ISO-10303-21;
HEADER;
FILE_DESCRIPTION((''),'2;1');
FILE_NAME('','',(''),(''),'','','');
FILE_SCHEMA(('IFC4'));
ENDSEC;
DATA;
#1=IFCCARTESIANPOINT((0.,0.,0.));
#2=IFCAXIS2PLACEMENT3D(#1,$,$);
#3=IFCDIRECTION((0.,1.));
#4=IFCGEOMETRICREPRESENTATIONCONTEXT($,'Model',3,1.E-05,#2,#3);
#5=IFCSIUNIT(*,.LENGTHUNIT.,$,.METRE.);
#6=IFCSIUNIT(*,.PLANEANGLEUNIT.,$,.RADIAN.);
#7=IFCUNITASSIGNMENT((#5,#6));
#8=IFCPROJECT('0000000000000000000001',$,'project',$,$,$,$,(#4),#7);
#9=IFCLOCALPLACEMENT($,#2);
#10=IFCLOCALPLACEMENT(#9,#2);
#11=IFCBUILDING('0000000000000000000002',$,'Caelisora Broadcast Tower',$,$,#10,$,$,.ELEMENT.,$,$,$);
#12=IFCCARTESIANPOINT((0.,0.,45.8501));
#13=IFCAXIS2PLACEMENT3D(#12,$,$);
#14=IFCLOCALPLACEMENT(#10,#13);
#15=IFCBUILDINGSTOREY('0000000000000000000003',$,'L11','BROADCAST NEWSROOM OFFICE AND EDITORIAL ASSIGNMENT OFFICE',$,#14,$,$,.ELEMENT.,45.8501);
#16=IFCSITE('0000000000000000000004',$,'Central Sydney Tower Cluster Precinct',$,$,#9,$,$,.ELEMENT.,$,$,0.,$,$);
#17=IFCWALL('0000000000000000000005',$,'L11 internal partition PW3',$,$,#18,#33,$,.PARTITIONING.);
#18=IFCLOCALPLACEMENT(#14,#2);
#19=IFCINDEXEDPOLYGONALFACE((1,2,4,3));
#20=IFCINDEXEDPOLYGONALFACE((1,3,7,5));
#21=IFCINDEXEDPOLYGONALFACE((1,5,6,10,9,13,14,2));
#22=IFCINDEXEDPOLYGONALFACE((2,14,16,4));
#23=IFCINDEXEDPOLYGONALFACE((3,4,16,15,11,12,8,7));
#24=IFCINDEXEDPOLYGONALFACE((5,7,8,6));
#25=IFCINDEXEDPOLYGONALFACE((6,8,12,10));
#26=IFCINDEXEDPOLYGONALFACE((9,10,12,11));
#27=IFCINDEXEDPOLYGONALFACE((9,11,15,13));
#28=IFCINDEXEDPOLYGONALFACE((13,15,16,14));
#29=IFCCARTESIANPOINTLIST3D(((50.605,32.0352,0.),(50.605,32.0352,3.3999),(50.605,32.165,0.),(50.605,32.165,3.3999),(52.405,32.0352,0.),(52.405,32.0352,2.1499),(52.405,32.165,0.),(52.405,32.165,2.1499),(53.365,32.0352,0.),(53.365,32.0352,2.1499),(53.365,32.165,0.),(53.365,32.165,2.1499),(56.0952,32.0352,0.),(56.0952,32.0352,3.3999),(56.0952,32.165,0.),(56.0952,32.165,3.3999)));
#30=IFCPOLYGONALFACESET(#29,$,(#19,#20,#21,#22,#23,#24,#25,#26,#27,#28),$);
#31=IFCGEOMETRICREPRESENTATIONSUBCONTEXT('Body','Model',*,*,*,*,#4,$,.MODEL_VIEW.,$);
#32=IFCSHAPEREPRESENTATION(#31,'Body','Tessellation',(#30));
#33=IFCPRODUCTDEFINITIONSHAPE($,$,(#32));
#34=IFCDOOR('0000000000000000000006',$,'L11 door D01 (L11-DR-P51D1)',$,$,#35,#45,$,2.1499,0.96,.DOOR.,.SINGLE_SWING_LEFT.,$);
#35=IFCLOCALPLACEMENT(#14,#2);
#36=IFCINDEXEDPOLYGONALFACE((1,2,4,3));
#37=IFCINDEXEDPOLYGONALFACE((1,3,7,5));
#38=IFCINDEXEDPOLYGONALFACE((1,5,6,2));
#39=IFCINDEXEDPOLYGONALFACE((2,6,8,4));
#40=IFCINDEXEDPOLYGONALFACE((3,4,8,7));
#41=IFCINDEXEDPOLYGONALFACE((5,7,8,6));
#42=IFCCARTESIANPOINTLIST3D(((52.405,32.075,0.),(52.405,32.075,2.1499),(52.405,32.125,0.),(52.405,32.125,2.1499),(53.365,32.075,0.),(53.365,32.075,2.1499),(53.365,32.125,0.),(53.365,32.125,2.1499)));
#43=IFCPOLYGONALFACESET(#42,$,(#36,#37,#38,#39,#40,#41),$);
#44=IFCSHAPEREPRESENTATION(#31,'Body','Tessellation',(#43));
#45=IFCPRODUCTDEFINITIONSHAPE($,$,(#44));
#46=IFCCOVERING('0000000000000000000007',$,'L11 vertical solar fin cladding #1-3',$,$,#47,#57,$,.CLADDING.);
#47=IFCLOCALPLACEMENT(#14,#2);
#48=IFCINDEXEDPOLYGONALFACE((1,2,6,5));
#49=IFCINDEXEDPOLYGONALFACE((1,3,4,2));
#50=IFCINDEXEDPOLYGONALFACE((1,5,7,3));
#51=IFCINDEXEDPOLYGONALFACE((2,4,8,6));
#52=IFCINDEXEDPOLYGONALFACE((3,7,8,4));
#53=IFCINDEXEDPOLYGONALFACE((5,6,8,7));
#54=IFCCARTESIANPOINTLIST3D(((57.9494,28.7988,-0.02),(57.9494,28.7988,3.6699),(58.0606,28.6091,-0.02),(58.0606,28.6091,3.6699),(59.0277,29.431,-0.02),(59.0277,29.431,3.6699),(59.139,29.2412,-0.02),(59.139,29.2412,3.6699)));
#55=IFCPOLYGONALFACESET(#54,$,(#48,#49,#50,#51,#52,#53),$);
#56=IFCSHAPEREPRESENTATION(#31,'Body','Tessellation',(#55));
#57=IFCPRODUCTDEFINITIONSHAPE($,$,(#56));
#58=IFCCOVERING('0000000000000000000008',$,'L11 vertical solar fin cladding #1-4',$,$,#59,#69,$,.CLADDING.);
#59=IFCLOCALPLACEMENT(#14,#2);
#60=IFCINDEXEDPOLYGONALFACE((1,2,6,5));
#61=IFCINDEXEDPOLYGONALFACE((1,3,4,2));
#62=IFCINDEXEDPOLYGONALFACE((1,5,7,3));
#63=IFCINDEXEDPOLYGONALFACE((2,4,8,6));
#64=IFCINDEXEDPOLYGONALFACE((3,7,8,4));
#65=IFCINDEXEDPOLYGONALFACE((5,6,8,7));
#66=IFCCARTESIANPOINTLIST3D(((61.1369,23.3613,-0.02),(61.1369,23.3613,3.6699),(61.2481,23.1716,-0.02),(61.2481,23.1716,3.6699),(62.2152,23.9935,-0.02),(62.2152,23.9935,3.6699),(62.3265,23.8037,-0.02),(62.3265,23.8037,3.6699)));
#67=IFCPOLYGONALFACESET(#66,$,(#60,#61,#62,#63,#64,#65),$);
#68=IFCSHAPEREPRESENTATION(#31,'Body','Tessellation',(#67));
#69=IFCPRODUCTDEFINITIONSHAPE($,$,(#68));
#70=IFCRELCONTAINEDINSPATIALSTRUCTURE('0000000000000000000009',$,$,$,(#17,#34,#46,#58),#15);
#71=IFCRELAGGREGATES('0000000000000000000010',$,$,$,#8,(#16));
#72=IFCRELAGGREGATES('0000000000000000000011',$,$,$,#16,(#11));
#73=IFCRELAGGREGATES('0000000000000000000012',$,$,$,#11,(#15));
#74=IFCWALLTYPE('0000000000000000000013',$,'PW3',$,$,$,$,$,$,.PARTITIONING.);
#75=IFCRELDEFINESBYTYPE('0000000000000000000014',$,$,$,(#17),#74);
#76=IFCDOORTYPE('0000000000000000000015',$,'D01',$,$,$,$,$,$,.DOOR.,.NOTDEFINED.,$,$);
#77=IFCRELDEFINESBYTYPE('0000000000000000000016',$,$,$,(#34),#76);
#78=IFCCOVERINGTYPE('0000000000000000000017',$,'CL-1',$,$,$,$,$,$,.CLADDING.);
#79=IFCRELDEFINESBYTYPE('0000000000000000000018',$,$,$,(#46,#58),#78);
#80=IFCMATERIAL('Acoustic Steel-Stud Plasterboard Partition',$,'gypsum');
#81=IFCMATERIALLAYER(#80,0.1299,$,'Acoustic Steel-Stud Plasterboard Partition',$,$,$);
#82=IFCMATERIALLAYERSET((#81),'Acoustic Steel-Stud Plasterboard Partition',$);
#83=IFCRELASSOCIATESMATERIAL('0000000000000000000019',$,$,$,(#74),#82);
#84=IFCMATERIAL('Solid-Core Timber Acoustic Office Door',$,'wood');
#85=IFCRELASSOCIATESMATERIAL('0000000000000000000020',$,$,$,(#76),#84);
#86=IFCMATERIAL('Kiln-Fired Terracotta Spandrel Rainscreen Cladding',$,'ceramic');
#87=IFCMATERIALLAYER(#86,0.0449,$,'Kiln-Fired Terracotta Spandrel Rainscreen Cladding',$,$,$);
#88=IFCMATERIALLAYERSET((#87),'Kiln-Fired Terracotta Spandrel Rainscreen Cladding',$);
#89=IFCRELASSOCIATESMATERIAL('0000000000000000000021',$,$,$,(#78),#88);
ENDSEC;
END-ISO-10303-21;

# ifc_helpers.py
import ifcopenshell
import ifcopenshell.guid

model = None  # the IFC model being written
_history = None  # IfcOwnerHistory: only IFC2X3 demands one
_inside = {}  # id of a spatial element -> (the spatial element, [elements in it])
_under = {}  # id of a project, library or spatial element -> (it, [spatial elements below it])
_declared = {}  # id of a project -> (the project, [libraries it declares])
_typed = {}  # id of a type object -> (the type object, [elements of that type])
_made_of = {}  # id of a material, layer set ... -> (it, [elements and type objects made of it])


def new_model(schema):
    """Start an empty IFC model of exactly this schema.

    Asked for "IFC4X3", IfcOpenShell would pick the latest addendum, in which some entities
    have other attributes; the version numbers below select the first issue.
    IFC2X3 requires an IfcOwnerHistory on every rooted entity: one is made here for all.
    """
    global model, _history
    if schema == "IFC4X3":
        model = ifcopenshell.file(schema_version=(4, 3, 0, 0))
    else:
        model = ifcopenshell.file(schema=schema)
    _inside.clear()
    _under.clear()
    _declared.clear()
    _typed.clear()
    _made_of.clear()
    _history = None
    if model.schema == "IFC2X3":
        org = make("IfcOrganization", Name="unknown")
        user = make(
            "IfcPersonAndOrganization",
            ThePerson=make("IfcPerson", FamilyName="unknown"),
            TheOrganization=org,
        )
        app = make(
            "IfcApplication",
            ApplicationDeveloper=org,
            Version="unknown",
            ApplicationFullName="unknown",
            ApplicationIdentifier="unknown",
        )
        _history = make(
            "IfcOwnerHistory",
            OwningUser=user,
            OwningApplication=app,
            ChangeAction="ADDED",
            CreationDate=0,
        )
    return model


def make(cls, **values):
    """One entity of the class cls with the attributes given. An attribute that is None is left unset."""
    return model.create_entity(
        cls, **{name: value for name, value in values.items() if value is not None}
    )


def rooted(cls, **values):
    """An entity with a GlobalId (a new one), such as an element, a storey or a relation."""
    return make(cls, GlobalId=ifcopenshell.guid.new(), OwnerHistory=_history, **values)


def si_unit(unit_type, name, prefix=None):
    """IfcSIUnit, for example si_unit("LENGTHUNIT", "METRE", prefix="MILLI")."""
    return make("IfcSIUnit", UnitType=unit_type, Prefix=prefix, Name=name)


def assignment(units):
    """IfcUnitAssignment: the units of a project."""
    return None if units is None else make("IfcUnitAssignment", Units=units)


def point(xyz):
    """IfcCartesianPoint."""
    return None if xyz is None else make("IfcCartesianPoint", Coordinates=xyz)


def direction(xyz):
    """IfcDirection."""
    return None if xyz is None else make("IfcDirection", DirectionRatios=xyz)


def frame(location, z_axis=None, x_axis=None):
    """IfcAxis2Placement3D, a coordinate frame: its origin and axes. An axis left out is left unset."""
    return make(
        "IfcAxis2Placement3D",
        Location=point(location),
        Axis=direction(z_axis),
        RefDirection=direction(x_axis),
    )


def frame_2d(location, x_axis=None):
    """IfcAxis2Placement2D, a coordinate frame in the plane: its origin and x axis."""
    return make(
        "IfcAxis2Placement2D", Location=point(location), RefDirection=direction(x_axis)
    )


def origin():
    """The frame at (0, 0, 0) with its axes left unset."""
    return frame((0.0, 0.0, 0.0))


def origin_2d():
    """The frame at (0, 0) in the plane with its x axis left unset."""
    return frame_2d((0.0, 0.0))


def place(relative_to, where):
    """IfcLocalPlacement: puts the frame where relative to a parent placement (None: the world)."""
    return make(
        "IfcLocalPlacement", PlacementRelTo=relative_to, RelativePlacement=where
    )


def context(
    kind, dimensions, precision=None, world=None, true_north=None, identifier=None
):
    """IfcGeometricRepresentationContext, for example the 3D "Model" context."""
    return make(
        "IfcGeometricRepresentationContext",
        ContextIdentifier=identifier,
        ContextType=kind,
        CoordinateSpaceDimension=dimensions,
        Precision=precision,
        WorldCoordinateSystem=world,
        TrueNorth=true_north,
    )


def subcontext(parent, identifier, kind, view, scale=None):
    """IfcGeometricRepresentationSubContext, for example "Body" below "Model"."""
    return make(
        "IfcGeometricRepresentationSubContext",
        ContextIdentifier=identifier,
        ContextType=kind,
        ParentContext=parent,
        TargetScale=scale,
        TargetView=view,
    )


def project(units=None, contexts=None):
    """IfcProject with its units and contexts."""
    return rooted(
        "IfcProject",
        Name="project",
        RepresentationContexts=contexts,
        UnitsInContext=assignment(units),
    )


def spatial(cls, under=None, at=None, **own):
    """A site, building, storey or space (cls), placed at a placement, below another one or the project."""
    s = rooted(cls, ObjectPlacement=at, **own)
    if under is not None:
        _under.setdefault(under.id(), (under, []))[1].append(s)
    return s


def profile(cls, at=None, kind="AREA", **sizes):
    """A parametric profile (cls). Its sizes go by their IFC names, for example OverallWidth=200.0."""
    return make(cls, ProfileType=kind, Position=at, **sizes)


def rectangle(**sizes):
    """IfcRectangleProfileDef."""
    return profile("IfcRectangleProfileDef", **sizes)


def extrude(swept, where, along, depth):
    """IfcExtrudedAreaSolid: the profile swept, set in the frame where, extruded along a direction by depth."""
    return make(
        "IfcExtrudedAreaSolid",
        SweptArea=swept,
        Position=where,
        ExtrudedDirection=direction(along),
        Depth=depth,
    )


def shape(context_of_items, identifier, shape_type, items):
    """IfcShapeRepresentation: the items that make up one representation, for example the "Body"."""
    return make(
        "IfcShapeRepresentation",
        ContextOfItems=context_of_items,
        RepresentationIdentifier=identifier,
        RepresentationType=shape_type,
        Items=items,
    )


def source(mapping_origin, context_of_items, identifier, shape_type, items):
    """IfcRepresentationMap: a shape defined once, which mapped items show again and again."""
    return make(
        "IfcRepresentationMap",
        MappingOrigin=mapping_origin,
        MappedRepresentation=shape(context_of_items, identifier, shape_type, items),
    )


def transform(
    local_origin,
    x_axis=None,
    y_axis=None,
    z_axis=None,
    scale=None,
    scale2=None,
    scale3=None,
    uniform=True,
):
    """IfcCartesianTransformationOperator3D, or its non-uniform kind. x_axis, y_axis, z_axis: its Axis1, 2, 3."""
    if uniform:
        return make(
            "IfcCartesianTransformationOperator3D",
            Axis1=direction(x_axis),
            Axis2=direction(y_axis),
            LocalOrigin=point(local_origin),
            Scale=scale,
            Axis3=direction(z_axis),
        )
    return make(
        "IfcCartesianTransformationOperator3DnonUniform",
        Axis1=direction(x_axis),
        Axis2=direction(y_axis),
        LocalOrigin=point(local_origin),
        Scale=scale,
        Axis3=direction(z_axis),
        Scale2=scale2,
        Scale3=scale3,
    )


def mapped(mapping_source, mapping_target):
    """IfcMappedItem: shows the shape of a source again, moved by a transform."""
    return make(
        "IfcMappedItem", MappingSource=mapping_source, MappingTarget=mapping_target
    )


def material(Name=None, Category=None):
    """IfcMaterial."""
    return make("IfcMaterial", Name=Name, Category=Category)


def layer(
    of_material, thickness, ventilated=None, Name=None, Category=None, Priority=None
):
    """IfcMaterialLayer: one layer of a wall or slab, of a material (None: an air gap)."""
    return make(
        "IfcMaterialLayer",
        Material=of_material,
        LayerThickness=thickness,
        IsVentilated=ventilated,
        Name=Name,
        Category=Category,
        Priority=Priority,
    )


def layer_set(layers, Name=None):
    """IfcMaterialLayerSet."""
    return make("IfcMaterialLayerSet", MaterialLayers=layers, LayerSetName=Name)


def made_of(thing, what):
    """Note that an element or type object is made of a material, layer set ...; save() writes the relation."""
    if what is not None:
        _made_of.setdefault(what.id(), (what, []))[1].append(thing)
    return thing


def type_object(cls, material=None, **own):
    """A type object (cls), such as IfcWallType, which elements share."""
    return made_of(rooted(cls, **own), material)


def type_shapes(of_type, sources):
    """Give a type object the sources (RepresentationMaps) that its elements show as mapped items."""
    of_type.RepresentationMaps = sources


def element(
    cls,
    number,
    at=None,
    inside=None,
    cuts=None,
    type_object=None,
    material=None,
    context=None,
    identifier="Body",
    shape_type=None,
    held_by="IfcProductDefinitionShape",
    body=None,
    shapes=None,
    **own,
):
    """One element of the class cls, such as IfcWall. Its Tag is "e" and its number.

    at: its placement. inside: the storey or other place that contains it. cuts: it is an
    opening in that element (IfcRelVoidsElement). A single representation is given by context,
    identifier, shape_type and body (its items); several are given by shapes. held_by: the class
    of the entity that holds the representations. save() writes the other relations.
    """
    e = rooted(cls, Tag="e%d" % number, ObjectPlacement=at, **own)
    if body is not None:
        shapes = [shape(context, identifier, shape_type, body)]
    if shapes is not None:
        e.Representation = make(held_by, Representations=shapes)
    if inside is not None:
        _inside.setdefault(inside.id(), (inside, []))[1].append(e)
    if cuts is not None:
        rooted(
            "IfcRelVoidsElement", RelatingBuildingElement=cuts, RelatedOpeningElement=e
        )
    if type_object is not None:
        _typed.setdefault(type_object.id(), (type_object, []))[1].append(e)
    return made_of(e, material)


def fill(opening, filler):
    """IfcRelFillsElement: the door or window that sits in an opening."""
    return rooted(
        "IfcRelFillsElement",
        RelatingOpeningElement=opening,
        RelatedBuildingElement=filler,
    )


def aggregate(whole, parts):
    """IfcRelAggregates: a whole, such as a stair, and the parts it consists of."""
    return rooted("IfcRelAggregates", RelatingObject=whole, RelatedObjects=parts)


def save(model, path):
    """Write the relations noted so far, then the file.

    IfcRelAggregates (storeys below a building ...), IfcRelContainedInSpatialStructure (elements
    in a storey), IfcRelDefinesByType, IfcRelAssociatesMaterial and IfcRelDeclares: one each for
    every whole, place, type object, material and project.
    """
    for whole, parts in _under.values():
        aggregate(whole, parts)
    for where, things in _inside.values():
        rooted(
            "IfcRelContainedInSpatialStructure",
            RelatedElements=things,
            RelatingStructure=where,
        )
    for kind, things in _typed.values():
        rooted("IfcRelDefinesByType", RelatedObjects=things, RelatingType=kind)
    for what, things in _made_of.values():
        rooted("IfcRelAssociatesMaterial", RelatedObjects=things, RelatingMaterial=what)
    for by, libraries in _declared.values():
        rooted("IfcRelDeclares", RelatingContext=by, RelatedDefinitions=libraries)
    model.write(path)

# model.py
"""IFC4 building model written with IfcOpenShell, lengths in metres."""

from ifc_helpers import new_model, si_unit, direction, frame, frame_2d, origin, origin_2d, place, context, subcontext, project, spatial, rectangle, extrude, source, transform, mapped, material, layer, layer_set, type_object, type_shapes, element, fill, save


model = new_model("IFC4")

# Units and contexts
model_context = context("Model", 3, precision=1e-05, world=origin(), true_north=direction((0.0, 1.0)))
body_context = subcontext(model_context, "Body", "Model", "MODEL_VIEW")
ifc_project = project(units=[si_unit("LENGTHUNIT", "METRE"), si_unit("PLANEANGLEUNIT", "RADIAN")], contexts=[model_context])

# Site, building, storey
site_placement = place(None, origin())
site = spatial("IfcSite", under=ifc_project, at=site_placement, Name="Central Sydney Tower Cluster Precinct", CompositionType="ELEMENT", RefElevation=0.0)
building_placement = place(site_placement, origin())
building = spatial("IfcBuilding", under=site, at=building_placement, Name="Caelisora Broadcast Tower", CompositionType="ELEMENT")
storey_placement = place(building_placement, frame((0.0, 0.0, 45.8501)))
storey = spatial("IfcBuildingStorey", under=building, at=storey_placement, Name="L11", Description="BROADCAST NEWSROOM OFFICE AND EDITORIAL ASSIGNMENT OFFICE", CompositionType="ELEMENT", Elevation=45.8501)

# Shared definitions
ifc_material_1 = material(Name="Acoustic Steel-Stud Plasterboard Partition", Category="gypsum")
ifc_layer_1 = layer(ifc_material_1, 0.1299, Name="Acoustic Steel-Stud Plasterboard Partition")
ifc_layer_set_1 = layer_set([ifc_layer_1], Name="Acoustic Steel-Stud Plasterboard Partition")
wall_type = type_object("IfcWallType", Name="PW3", PredefinedType="PARTITIONING", material=ifc_layer_set_1)

# Wall, opening, door
wall_1_placement = place(storey_placement, frame((50.605, 32.1001, 0.0), z_axis=(0.0, 0.0, 1.0), x_axis=(1.0, 0.0, 0.0)))
wall_1 = element("IfcWall", 1, at=wall_1_placement, inside=storey, type_object=wall_type, Name="L11 internal partition PW3", PredefinedType="PARTITIONING", context=body_context, shape_type="SweptSolid", body=[
    extrude(rectangle(XDim=5.4902, YDim=0.1299, at=frame_2d((2.7451, 0.0))), origin(), (0.0, 0.0, 1.0), 3.3999),
])
opening_placement = place(wall_1_placement, frame((1.8, 0.0, 0.0)))
opening = element("IfcOpeningElement", 2, at=opening_placement, cuts=wall_1, PredefinedType="OPENING", context=body_context, shape_type="SweptSolid", body=[
    extrude(rectangle(XDim=0.96, YDim=2.1499, at=frame_2d((0.48, 1.075))), frame((0.0, 0.0769, 0.0), z_axis=(0.0, -1.0, 0.0), x_axis=(1.0, 0.0, 0.0)), (0.0, 0.0, 1.0), 0.1538),
])
ifc_material_2 = material(Name="Solid-Core Timber Acoustic Office Door", Category="wood")
door_type = type_object("IfcDoorType", Name="D01", OperationType="NOTDEFINED", PredefinedType="DOOR", material=ifc_material_2)
door_placement = place(opening_placement, origin())
door = element("IfcDoor", 3, at=door_placement, inside=storey, type_object=door_type, Name="L11 door D01 (L11-DR-P51D1)", OperationType="SINGLE_SWING_LEFT", OverallHeight=2.1499, OverallWidth=0.96, PredefinedType="DOOR", context=body_context, shape_type="SweptSolid", body=[
    extrude(rectangle(XDim=0.96, YDim=2.1499, at=frame_2d((0.48, 1.075))), frame((0.0, 0.0249, 0.0), z_axis=(0.0, -1.0, 0.0), x_axis=(1.0, 0.0, 0.0)), (0.0, 0.0, 1.0), 0.05),
])
fill(opening, door)

# Coverings
ifc_material_3 = material(Name="Kiln-Fired Terracotta Spandrel Rainscreen Cladding", Category="ceramic")
ifc_layer_2 = layer(ifc_material_3, 0.0449, Name="Kiln-Fired Terracotta Spandrel Rainscreen Cladding")
ifc_layer_set_2 = layer_set([ifc_layer_2], Name="Kiln-Fired Terracotta Spandrel Rainscreen Cladding")
covering_type = type_object("IfcCoveringType", Name="CL-1", PredefinedType="CLADDING", material=ifc_layer_set_2)
shared_shape_1 = source(origin(), body_context, "Body", "SweptSolid", [
    extrude(rectangle(XDim=0.22, YDim=1.25, at=origin_2d()), origin(), (0.0, 0.0, 1.0), 3.6899),
])
type_shapes(covering_type, [shared_shape_1])
for number, where, z_axis, x_axis, name in (
    (4, (58.5442, 29.02, -0.02), (0.0, 0.0, 1.0), (0.505733, -0.86269, 0.0), "L11 vertical solar fin cladding #1-3"),
    (5, (61.7317, 23.5825, -0.02), (0.0, 0.0, 1.0), (0.505733, -0.86269, 0.0), "L11 vertical solar fin cladding #1-4"),
):
    element("IfcCovering", number, at=place(storey_placement, frame(where, z_axis=z_axis, x_axis=x_axis)), inside=storey, type_object=covering_type, Name=name, PredefinedType="CLADDING", context=body_context, shape_type="MappedRepresentation", body=[
        mapped(shared_shape_1, transform((0.0, 0.0, 0.0), scale=1.0)),
    ])

save(model, "model.ifc")
